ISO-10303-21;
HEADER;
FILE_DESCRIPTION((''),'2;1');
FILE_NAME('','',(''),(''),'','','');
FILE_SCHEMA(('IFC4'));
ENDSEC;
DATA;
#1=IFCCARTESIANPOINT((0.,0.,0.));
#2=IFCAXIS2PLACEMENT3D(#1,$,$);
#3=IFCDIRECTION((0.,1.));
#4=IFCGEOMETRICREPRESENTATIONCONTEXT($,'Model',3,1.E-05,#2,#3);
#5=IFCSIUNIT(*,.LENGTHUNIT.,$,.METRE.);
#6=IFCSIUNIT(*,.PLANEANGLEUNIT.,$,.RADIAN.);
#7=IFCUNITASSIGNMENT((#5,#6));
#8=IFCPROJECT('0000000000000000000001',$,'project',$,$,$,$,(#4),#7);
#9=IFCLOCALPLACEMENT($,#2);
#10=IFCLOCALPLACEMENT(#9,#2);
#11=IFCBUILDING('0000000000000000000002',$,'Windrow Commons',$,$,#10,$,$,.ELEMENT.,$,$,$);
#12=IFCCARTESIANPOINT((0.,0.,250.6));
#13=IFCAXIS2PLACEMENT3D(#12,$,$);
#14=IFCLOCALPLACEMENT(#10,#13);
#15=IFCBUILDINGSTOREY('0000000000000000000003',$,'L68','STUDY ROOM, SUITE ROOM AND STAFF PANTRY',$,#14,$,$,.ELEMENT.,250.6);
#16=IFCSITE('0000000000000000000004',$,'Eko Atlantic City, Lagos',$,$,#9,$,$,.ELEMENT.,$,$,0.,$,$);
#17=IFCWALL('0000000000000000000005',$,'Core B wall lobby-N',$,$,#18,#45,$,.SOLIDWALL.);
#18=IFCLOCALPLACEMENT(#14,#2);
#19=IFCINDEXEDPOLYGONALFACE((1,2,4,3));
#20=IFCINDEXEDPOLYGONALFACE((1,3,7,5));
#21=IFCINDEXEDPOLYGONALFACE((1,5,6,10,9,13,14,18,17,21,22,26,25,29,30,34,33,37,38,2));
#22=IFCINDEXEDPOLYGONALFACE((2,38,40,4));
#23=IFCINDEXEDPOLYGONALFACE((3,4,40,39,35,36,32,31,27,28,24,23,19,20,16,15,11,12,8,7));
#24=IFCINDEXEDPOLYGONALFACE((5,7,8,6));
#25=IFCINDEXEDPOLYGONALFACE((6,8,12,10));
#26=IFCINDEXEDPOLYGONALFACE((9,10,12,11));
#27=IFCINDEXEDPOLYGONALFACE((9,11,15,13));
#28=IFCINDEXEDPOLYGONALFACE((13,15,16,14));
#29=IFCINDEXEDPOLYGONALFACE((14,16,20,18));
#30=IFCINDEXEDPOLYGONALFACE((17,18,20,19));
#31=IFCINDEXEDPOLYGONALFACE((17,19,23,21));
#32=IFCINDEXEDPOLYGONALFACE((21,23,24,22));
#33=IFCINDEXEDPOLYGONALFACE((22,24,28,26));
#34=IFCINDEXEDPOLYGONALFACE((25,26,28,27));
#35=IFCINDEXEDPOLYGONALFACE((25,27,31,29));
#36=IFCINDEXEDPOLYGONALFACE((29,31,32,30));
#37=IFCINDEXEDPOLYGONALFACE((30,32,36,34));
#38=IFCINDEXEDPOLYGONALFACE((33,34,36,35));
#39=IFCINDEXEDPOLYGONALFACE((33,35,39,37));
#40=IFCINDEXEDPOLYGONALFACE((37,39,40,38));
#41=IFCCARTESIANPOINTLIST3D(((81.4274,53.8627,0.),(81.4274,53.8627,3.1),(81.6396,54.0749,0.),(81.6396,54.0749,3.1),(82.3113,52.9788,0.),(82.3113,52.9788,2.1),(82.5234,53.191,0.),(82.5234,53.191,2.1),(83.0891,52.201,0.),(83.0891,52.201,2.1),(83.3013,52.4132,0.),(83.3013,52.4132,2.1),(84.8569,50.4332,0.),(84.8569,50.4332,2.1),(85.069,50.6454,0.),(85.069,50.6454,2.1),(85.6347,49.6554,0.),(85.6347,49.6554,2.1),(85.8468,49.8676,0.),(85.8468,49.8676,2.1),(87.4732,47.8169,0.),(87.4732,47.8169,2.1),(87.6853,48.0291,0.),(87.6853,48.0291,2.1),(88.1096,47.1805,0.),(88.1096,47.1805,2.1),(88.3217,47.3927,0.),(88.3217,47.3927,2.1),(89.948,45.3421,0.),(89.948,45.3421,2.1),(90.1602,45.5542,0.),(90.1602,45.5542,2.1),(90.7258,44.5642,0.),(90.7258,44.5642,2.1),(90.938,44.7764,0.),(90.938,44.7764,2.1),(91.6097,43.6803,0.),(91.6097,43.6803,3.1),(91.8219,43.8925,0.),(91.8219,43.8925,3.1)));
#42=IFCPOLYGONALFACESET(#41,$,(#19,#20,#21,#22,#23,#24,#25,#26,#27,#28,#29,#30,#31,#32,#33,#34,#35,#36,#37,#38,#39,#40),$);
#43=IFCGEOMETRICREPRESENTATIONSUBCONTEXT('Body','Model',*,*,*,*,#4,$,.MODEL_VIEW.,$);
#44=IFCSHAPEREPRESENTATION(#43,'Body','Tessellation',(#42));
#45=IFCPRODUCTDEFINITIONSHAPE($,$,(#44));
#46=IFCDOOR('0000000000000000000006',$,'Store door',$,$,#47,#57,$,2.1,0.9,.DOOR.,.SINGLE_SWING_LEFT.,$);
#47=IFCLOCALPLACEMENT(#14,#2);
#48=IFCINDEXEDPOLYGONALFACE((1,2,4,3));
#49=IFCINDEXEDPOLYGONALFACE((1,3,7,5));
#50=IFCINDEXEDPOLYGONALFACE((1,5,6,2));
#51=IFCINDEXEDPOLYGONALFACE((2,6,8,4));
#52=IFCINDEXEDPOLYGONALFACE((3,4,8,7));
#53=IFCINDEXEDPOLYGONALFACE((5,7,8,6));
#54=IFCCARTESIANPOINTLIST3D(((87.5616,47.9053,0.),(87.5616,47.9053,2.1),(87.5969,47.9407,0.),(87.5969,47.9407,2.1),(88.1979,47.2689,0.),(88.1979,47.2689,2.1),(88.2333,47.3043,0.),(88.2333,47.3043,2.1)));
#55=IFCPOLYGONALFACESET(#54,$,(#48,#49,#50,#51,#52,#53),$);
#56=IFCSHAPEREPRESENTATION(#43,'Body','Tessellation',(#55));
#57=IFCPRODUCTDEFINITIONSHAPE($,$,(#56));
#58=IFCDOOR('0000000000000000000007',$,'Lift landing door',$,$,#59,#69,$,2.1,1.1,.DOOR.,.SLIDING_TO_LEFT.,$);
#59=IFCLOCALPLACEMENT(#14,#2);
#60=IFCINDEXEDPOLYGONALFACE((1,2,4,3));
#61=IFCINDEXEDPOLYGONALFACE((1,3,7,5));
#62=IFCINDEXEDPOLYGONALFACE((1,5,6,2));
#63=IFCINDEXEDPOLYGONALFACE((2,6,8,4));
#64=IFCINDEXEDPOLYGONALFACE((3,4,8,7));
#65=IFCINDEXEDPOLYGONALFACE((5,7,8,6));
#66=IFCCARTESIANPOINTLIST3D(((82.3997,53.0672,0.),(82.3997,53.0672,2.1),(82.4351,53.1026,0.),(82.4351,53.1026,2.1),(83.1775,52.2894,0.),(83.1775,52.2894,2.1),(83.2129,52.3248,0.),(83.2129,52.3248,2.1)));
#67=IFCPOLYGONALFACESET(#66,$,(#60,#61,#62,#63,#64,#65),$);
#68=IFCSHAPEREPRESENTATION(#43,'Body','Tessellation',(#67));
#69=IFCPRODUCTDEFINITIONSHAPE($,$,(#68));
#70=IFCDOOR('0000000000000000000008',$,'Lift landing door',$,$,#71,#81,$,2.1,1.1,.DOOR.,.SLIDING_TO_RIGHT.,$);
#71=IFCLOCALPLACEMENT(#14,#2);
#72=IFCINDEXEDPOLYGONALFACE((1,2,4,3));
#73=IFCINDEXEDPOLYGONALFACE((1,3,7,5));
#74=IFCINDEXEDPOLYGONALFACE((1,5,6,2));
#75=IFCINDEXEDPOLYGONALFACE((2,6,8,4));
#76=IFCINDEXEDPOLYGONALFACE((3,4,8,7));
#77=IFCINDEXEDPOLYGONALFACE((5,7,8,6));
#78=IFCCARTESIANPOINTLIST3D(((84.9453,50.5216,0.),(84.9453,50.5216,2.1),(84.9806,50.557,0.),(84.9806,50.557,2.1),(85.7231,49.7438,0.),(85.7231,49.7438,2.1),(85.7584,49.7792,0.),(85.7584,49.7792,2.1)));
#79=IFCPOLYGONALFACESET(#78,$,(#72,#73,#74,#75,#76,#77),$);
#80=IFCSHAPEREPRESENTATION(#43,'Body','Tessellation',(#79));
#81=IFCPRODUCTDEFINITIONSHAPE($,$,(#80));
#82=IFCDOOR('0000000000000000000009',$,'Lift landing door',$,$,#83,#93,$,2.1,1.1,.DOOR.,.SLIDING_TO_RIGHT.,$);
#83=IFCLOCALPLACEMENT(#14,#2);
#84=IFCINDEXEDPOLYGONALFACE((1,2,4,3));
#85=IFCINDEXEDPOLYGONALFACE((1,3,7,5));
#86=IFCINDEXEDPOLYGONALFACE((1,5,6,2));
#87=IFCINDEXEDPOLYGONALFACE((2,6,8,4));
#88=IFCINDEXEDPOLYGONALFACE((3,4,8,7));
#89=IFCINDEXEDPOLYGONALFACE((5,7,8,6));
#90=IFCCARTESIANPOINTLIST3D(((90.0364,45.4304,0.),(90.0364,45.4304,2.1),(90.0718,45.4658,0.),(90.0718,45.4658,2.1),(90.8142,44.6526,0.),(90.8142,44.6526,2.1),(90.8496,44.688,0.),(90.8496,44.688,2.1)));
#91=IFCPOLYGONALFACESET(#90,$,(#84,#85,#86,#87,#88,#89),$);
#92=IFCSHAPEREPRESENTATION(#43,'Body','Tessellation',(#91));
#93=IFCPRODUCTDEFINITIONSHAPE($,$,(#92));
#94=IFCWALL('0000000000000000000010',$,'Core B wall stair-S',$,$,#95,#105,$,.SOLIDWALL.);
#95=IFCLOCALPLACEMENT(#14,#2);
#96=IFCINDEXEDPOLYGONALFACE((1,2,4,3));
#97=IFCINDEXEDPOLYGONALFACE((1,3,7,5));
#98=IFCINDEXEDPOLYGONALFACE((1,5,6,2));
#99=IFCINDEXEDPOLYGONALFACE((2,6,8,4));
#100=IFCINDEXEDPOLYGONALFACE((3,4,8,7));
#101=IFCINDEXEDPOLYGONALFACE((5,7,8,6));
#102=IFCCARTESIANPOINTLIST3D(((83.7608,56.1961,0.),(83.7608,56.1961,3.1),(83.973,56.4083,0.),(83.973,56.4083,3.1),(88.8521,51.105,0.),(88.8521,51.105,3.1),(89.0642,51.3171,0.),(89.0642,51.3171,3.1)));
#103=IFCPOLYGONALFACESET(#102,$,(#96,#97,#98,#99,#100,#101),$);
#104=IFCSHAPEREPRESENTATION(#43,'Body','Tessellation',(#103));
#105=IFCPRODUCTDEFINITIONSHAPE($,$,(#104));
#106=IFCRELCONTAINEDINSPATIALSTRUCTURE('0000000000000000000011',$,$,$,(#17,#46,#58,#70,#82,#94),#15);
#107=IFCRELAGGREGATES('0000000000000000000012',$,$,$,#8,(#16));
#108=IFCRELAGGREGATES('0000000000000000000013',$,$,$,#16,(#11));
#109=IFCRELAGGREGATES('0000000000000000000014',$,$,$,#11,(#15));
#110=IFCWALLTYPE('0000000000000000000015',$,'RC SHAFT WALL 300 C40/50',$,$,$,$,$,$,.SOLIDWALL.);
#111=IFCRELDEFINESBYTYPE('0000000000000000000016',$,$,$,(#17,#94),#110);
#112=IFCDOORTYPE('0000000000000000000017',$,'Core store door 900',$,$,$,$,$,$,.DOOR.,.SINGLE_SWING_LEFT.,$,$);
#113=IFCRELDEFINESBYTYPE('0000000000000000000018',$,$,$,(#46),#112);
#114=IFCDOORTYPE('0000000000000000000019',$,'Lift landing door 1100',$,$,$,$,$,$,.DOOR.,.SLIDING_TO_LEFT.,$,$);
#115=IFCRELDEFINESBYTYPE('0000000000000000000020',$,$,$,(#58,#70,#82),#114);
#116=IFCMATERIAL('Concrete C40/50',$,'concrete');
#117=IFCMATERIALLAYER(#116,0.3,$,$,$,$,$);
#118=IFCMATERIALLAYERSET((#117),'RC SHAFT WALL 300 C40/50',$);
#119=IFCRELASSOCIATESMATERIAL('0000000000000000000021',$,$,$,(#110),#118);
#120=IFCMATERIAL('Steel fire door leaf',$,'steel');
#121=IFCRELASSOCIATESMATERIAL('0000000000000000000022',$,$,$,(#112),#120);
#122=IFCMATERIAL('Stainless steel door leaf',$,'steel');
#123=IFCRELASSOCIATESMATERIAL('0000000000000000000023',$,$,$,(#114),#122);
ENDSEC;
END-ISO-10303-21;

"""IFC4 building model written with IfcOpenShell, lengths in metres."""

from ifc_helpers import new_model, si_unit, direction, frame, frame_2d, origin, place, context, subcontext, project, spatial, rectangle, extrude, material, layer, layer_set, type_object, element, fill, save


model = new_model("IFC4")

# Units and contexts
model_context = context("Model", 3, precision=1e-05, world=origin(), true_north=direction((0.0, 1.0)))
body_context = subcontext(model_context, "Body", "Model", "MODEL_VIEW")
ifc_project = project(units=[si_unit("LENGTHUNIT", "METRE"), si_unit("PLANEANGLEUNIT", "RADIAN")], contexts=[model_context])

# Site, building, storey
site_placement = place(None, origin())
site = spatial("IfcSite", under=ifc_project, at=site_placement, Name="Eko Atlantic City, Lagos", CompositionType="ELEMENT", RefElevation=0.0)
building_placement = place(site_placement, origin())
building = spatial("IfcBuilding", under=site, at=building_placement, Name="Windrow Commons", CompositionType="ELEMENT")
storey_placement = place(building_placement, frame((0.0, 0.0, 250.6)))
storey = spatial("IfcBuildingStorey", under=building, at=storey_placement, Name="L68", Description="STUDY ROOM, SUITE ROOM AND STAFF PANTRY", CompositionType="ELEMENT", Elevation=250.6)

# Shared definitions
ifc_material_1 = material(Name="Concrete C40/50", Category="concrete")
ifc_layer_1 = layer(ifc_material_1, 0.3)
ifc_layer_set_1 = layer_set([ifc_layer_1], Name="RC SHAFT WALL 300 C40/50")
wall_type_1 = type_object("IfcWallType", Name="RC SHAFT WALL 300 C40/50", PredefinedType="SOLIDWALL", material=ifc_layer_set_1)

# Wall, openings, doors
wall_1_placement = place(storey_placement, frame((81.5335, 53.9688, 0.0), z_axis=(0.0, 0.0, 1.0), x_axis=(0.707103, -0.70711, 0.0)))
wall_1 = element("IfcWall", 1, at=wall_1_placement, inside=storey, type_object=wall_type_1, Name="Core B wall lobby-N", PredefinedType="SOLIDWALL", context=body_context, shape_type="SweptSolid", body=[
    extrude(rectangle(XDim=14.4, YDim=0.3, at=frame_2d((7.2, 0.0))), origin(), (0.0, 0.0, 1.0), 3.1),
])
opening_1_placement = place(wall_1_placement, frame((8.55, 0.0, 0.0)))
opening_1 = element("IfcOpeningElement", 2, at=opening_1_placement, cuts=wall_1, PredefinedType="OPENING", context=body_context, shape_type="SweptSolid", body=[
    extrude(rectangle(XDim=0.9, YDim=2.1, at=frame_2d((0.45, 1.05))), frame((0.0, 0.16, 0.0), z_axis=(0.0, -1.0, 0.0), x_axis=(1.0, 0.0, 0.0)), (0.0, 0.0, 1.0), 0.32),
])
opening_2_placement = place(wall_1_placement, frame((1.25, 0.0, 0.0)))
opening_2 = element("IfcOpeningElement", 3, at=opening_2_placement, cuts=wall_1, PredefinedType="OPENING", context=body_context, shape_type="SweptSolid", body=[
    extrude(rectangle(XDim=1.1, YDim=2.1, at=frame_2d((0.55, 1.05))), frame((0.0, 0.16, 0.0), z_axis=(0.0, -1.0, 0.0), x_axis=(1.0, 0.0, 0.0)), (0.0, 0.0, 1.0), 0.32),
])
opening_3_placement = place(wall_1_placement, frame((4.85, 0.0, 0.0)))
opening_3 = element("IfcOpeningElement", 4, at=opening_3_placement, cuts=wall_1, PredefinedType="OPENING", context=body_context, shape_type="SweptSolid", body=[
    extrude(rectangle(XDim=1.1, YDim=2.1, at=frame_2d((0.55, 1.05))), frame((0.0, 0.16, 0.0), z_axis=(0.0, -1.0, 0.0), x_axis=(1.0, 0.0, 0.0)), (0.0, 0.0, 1.0), 0.32),
])
opening_4_placement = place(wall_1_placement, frame((12.05, 0.0, 0.0)))
opening_4 = element("IfcOpeningElement", 5, at=opening_4_placement, cuts=wall_1, PredefinedType="OPENING", context=body_context, shape_type="SweptSolid", body=[
    extrude(rectangle(XDim=1.1, YDim=2.1, at=frame_2d((0.55, 1.05))), frame((0.0, 0.16, 0.0), z_axis=(0.0, -1.0, 0.0), x_axis=(1.0, 0.0, 0.0)), (0.0, 0.0, 1.0), 0.32),
])
ifc_material_2 = material(Name="Steel fire door leaf", Category="steel")
door_type_1 = type_object("IfcDoorType", Name="Core store door 900", OperationType="SINGLE_SWING_LEFT", PredefinedType="DOOR", material=ifc_material_2)
door_1_placement = place(opening_1_placement, origin())
door_1 = element("IfcDoor", 6, at=door_1_placement, inside=storey, type_object=door_type_1, Name="Store door", OperationType="SINGLE_SWING_LEFT", OverallHeight=2.1, OverallWidth=0.9, PredefinedType="DOOR", context=body_context, shape_type="SweptSolid", body=[
    extrude(rectangle(XDim=0.9, YDim=2.1, at=frame_2d((0.45, 1.05))), frame((0.0, 0.025, 0.0), z_axis=(0.0, -1.0, 0.0), x_axis=(1.0, 0.0, 0.0)), (0.0, 0.0, 1.0), 0.05),
])
fill(opening_1, door_1)
ifc_material_3 = material(Name="Stainless steel door leaf", Category="steel")
door_type_2 = type_object("IfcDoorType", Name="Lift landing door 1100", OperationType="SLIDING_TO_LEFT", PredefinedType="DOOR", material=ifc_material_3)
door_2_placement = place(opening_2_placement, origin())
door_2 = element("IfcDoor", 7, at=door_2_placement, inside=storey, type_object=door_type_2, Name="Lift landing door", OperationType="SLIDING_TO_LEFT", OverallHeight=2.1, OverallWidth=1.1, PredefinedType="DOOR", context=body_context, shape_type="SweptSolid", body=[
    extrude(rectangle(XDim=1.1, YDim=2.1, at=frame_2d((0.55, 1.05))), frame((0.0, 0.025, 0.0), z_axis=(0.0, -1.0, 0.0), x_axis=(1.0, 0.0, 0.0)), (0.0, 0.0, 1.0), 0.05),
])
fill(opening_2, door_2)
door_3_placement = place(opening_3_placement, origin())
door_3 = element("IfcDoor", 8, at=door_3_placement, inside=storey, type_object=door_type_2, Name="Lift landing door", OperationType="SLIDING_TO_RIGHT", OverallHeight=2.1, OverallWidth=1.1, PredefinedType="DOOR", context=body_context, shape_type="SweptSolid", body=[
    extrude(rectangle(XDim=1.1, YDim=2.1, at=frame_2d((0.55, 1.05))), frame((0.0, 0.025, 0.0), z_axis=(0.0, -1.0, 0.0), x_axis=(1.0, 0.0, 0.0)), (0.0, 0.0, 1.0), 0.05),
])
fill(opening_3, door_3)
door_4_placement = place(opening_4_placement, origin())
door_4 = element("IfcDoor", 9, at=door_4_placement, inside=storey, type_object=door_type_2, Name="Lift landing door", OperationType="SLIDING_TO_RIGHT", OverallHeight=2.1, OverallWidth=1.1, PredefinedType="DOOR", context=body_context, shape_type="SweptSolid", body=[
    extrude(rectangle(XDim=1.1, YDim=2.1, at=frame_2d((0.55, 1.05))), frame((0.0, 0.025, 0.0), z_axis=(0.0, -1.0, 0.0), x_axis=(1.0, 0.0, 0.0)), (0.0, 0.0, 1.0), 0.05),
])
fill(opening_4, door_4)

# Wall
wall_2_placement = place(storey_placement, frame((83.8669, 56.3022, 0.0), z_axis=(0.0, 0.0, 1.0), x_axis=(0.707114, -0.7071, 0.0)))
element("IfcWall", 10, at=wall_2_placement, inside=storey, type_object=wall_type_1, Name="Core B wall stair-S", PredefinedType="SOLIDWALL", context=body_context, shape_type="SweptSolid", body=[
    extrude(rectangle(XDim=7.2, YDim=0.3, at=frame_2d((3.6, 0.0))), origin(), (0.0, 0.0, 1.0), 3.1),
])

save(model, "model.ifc")
